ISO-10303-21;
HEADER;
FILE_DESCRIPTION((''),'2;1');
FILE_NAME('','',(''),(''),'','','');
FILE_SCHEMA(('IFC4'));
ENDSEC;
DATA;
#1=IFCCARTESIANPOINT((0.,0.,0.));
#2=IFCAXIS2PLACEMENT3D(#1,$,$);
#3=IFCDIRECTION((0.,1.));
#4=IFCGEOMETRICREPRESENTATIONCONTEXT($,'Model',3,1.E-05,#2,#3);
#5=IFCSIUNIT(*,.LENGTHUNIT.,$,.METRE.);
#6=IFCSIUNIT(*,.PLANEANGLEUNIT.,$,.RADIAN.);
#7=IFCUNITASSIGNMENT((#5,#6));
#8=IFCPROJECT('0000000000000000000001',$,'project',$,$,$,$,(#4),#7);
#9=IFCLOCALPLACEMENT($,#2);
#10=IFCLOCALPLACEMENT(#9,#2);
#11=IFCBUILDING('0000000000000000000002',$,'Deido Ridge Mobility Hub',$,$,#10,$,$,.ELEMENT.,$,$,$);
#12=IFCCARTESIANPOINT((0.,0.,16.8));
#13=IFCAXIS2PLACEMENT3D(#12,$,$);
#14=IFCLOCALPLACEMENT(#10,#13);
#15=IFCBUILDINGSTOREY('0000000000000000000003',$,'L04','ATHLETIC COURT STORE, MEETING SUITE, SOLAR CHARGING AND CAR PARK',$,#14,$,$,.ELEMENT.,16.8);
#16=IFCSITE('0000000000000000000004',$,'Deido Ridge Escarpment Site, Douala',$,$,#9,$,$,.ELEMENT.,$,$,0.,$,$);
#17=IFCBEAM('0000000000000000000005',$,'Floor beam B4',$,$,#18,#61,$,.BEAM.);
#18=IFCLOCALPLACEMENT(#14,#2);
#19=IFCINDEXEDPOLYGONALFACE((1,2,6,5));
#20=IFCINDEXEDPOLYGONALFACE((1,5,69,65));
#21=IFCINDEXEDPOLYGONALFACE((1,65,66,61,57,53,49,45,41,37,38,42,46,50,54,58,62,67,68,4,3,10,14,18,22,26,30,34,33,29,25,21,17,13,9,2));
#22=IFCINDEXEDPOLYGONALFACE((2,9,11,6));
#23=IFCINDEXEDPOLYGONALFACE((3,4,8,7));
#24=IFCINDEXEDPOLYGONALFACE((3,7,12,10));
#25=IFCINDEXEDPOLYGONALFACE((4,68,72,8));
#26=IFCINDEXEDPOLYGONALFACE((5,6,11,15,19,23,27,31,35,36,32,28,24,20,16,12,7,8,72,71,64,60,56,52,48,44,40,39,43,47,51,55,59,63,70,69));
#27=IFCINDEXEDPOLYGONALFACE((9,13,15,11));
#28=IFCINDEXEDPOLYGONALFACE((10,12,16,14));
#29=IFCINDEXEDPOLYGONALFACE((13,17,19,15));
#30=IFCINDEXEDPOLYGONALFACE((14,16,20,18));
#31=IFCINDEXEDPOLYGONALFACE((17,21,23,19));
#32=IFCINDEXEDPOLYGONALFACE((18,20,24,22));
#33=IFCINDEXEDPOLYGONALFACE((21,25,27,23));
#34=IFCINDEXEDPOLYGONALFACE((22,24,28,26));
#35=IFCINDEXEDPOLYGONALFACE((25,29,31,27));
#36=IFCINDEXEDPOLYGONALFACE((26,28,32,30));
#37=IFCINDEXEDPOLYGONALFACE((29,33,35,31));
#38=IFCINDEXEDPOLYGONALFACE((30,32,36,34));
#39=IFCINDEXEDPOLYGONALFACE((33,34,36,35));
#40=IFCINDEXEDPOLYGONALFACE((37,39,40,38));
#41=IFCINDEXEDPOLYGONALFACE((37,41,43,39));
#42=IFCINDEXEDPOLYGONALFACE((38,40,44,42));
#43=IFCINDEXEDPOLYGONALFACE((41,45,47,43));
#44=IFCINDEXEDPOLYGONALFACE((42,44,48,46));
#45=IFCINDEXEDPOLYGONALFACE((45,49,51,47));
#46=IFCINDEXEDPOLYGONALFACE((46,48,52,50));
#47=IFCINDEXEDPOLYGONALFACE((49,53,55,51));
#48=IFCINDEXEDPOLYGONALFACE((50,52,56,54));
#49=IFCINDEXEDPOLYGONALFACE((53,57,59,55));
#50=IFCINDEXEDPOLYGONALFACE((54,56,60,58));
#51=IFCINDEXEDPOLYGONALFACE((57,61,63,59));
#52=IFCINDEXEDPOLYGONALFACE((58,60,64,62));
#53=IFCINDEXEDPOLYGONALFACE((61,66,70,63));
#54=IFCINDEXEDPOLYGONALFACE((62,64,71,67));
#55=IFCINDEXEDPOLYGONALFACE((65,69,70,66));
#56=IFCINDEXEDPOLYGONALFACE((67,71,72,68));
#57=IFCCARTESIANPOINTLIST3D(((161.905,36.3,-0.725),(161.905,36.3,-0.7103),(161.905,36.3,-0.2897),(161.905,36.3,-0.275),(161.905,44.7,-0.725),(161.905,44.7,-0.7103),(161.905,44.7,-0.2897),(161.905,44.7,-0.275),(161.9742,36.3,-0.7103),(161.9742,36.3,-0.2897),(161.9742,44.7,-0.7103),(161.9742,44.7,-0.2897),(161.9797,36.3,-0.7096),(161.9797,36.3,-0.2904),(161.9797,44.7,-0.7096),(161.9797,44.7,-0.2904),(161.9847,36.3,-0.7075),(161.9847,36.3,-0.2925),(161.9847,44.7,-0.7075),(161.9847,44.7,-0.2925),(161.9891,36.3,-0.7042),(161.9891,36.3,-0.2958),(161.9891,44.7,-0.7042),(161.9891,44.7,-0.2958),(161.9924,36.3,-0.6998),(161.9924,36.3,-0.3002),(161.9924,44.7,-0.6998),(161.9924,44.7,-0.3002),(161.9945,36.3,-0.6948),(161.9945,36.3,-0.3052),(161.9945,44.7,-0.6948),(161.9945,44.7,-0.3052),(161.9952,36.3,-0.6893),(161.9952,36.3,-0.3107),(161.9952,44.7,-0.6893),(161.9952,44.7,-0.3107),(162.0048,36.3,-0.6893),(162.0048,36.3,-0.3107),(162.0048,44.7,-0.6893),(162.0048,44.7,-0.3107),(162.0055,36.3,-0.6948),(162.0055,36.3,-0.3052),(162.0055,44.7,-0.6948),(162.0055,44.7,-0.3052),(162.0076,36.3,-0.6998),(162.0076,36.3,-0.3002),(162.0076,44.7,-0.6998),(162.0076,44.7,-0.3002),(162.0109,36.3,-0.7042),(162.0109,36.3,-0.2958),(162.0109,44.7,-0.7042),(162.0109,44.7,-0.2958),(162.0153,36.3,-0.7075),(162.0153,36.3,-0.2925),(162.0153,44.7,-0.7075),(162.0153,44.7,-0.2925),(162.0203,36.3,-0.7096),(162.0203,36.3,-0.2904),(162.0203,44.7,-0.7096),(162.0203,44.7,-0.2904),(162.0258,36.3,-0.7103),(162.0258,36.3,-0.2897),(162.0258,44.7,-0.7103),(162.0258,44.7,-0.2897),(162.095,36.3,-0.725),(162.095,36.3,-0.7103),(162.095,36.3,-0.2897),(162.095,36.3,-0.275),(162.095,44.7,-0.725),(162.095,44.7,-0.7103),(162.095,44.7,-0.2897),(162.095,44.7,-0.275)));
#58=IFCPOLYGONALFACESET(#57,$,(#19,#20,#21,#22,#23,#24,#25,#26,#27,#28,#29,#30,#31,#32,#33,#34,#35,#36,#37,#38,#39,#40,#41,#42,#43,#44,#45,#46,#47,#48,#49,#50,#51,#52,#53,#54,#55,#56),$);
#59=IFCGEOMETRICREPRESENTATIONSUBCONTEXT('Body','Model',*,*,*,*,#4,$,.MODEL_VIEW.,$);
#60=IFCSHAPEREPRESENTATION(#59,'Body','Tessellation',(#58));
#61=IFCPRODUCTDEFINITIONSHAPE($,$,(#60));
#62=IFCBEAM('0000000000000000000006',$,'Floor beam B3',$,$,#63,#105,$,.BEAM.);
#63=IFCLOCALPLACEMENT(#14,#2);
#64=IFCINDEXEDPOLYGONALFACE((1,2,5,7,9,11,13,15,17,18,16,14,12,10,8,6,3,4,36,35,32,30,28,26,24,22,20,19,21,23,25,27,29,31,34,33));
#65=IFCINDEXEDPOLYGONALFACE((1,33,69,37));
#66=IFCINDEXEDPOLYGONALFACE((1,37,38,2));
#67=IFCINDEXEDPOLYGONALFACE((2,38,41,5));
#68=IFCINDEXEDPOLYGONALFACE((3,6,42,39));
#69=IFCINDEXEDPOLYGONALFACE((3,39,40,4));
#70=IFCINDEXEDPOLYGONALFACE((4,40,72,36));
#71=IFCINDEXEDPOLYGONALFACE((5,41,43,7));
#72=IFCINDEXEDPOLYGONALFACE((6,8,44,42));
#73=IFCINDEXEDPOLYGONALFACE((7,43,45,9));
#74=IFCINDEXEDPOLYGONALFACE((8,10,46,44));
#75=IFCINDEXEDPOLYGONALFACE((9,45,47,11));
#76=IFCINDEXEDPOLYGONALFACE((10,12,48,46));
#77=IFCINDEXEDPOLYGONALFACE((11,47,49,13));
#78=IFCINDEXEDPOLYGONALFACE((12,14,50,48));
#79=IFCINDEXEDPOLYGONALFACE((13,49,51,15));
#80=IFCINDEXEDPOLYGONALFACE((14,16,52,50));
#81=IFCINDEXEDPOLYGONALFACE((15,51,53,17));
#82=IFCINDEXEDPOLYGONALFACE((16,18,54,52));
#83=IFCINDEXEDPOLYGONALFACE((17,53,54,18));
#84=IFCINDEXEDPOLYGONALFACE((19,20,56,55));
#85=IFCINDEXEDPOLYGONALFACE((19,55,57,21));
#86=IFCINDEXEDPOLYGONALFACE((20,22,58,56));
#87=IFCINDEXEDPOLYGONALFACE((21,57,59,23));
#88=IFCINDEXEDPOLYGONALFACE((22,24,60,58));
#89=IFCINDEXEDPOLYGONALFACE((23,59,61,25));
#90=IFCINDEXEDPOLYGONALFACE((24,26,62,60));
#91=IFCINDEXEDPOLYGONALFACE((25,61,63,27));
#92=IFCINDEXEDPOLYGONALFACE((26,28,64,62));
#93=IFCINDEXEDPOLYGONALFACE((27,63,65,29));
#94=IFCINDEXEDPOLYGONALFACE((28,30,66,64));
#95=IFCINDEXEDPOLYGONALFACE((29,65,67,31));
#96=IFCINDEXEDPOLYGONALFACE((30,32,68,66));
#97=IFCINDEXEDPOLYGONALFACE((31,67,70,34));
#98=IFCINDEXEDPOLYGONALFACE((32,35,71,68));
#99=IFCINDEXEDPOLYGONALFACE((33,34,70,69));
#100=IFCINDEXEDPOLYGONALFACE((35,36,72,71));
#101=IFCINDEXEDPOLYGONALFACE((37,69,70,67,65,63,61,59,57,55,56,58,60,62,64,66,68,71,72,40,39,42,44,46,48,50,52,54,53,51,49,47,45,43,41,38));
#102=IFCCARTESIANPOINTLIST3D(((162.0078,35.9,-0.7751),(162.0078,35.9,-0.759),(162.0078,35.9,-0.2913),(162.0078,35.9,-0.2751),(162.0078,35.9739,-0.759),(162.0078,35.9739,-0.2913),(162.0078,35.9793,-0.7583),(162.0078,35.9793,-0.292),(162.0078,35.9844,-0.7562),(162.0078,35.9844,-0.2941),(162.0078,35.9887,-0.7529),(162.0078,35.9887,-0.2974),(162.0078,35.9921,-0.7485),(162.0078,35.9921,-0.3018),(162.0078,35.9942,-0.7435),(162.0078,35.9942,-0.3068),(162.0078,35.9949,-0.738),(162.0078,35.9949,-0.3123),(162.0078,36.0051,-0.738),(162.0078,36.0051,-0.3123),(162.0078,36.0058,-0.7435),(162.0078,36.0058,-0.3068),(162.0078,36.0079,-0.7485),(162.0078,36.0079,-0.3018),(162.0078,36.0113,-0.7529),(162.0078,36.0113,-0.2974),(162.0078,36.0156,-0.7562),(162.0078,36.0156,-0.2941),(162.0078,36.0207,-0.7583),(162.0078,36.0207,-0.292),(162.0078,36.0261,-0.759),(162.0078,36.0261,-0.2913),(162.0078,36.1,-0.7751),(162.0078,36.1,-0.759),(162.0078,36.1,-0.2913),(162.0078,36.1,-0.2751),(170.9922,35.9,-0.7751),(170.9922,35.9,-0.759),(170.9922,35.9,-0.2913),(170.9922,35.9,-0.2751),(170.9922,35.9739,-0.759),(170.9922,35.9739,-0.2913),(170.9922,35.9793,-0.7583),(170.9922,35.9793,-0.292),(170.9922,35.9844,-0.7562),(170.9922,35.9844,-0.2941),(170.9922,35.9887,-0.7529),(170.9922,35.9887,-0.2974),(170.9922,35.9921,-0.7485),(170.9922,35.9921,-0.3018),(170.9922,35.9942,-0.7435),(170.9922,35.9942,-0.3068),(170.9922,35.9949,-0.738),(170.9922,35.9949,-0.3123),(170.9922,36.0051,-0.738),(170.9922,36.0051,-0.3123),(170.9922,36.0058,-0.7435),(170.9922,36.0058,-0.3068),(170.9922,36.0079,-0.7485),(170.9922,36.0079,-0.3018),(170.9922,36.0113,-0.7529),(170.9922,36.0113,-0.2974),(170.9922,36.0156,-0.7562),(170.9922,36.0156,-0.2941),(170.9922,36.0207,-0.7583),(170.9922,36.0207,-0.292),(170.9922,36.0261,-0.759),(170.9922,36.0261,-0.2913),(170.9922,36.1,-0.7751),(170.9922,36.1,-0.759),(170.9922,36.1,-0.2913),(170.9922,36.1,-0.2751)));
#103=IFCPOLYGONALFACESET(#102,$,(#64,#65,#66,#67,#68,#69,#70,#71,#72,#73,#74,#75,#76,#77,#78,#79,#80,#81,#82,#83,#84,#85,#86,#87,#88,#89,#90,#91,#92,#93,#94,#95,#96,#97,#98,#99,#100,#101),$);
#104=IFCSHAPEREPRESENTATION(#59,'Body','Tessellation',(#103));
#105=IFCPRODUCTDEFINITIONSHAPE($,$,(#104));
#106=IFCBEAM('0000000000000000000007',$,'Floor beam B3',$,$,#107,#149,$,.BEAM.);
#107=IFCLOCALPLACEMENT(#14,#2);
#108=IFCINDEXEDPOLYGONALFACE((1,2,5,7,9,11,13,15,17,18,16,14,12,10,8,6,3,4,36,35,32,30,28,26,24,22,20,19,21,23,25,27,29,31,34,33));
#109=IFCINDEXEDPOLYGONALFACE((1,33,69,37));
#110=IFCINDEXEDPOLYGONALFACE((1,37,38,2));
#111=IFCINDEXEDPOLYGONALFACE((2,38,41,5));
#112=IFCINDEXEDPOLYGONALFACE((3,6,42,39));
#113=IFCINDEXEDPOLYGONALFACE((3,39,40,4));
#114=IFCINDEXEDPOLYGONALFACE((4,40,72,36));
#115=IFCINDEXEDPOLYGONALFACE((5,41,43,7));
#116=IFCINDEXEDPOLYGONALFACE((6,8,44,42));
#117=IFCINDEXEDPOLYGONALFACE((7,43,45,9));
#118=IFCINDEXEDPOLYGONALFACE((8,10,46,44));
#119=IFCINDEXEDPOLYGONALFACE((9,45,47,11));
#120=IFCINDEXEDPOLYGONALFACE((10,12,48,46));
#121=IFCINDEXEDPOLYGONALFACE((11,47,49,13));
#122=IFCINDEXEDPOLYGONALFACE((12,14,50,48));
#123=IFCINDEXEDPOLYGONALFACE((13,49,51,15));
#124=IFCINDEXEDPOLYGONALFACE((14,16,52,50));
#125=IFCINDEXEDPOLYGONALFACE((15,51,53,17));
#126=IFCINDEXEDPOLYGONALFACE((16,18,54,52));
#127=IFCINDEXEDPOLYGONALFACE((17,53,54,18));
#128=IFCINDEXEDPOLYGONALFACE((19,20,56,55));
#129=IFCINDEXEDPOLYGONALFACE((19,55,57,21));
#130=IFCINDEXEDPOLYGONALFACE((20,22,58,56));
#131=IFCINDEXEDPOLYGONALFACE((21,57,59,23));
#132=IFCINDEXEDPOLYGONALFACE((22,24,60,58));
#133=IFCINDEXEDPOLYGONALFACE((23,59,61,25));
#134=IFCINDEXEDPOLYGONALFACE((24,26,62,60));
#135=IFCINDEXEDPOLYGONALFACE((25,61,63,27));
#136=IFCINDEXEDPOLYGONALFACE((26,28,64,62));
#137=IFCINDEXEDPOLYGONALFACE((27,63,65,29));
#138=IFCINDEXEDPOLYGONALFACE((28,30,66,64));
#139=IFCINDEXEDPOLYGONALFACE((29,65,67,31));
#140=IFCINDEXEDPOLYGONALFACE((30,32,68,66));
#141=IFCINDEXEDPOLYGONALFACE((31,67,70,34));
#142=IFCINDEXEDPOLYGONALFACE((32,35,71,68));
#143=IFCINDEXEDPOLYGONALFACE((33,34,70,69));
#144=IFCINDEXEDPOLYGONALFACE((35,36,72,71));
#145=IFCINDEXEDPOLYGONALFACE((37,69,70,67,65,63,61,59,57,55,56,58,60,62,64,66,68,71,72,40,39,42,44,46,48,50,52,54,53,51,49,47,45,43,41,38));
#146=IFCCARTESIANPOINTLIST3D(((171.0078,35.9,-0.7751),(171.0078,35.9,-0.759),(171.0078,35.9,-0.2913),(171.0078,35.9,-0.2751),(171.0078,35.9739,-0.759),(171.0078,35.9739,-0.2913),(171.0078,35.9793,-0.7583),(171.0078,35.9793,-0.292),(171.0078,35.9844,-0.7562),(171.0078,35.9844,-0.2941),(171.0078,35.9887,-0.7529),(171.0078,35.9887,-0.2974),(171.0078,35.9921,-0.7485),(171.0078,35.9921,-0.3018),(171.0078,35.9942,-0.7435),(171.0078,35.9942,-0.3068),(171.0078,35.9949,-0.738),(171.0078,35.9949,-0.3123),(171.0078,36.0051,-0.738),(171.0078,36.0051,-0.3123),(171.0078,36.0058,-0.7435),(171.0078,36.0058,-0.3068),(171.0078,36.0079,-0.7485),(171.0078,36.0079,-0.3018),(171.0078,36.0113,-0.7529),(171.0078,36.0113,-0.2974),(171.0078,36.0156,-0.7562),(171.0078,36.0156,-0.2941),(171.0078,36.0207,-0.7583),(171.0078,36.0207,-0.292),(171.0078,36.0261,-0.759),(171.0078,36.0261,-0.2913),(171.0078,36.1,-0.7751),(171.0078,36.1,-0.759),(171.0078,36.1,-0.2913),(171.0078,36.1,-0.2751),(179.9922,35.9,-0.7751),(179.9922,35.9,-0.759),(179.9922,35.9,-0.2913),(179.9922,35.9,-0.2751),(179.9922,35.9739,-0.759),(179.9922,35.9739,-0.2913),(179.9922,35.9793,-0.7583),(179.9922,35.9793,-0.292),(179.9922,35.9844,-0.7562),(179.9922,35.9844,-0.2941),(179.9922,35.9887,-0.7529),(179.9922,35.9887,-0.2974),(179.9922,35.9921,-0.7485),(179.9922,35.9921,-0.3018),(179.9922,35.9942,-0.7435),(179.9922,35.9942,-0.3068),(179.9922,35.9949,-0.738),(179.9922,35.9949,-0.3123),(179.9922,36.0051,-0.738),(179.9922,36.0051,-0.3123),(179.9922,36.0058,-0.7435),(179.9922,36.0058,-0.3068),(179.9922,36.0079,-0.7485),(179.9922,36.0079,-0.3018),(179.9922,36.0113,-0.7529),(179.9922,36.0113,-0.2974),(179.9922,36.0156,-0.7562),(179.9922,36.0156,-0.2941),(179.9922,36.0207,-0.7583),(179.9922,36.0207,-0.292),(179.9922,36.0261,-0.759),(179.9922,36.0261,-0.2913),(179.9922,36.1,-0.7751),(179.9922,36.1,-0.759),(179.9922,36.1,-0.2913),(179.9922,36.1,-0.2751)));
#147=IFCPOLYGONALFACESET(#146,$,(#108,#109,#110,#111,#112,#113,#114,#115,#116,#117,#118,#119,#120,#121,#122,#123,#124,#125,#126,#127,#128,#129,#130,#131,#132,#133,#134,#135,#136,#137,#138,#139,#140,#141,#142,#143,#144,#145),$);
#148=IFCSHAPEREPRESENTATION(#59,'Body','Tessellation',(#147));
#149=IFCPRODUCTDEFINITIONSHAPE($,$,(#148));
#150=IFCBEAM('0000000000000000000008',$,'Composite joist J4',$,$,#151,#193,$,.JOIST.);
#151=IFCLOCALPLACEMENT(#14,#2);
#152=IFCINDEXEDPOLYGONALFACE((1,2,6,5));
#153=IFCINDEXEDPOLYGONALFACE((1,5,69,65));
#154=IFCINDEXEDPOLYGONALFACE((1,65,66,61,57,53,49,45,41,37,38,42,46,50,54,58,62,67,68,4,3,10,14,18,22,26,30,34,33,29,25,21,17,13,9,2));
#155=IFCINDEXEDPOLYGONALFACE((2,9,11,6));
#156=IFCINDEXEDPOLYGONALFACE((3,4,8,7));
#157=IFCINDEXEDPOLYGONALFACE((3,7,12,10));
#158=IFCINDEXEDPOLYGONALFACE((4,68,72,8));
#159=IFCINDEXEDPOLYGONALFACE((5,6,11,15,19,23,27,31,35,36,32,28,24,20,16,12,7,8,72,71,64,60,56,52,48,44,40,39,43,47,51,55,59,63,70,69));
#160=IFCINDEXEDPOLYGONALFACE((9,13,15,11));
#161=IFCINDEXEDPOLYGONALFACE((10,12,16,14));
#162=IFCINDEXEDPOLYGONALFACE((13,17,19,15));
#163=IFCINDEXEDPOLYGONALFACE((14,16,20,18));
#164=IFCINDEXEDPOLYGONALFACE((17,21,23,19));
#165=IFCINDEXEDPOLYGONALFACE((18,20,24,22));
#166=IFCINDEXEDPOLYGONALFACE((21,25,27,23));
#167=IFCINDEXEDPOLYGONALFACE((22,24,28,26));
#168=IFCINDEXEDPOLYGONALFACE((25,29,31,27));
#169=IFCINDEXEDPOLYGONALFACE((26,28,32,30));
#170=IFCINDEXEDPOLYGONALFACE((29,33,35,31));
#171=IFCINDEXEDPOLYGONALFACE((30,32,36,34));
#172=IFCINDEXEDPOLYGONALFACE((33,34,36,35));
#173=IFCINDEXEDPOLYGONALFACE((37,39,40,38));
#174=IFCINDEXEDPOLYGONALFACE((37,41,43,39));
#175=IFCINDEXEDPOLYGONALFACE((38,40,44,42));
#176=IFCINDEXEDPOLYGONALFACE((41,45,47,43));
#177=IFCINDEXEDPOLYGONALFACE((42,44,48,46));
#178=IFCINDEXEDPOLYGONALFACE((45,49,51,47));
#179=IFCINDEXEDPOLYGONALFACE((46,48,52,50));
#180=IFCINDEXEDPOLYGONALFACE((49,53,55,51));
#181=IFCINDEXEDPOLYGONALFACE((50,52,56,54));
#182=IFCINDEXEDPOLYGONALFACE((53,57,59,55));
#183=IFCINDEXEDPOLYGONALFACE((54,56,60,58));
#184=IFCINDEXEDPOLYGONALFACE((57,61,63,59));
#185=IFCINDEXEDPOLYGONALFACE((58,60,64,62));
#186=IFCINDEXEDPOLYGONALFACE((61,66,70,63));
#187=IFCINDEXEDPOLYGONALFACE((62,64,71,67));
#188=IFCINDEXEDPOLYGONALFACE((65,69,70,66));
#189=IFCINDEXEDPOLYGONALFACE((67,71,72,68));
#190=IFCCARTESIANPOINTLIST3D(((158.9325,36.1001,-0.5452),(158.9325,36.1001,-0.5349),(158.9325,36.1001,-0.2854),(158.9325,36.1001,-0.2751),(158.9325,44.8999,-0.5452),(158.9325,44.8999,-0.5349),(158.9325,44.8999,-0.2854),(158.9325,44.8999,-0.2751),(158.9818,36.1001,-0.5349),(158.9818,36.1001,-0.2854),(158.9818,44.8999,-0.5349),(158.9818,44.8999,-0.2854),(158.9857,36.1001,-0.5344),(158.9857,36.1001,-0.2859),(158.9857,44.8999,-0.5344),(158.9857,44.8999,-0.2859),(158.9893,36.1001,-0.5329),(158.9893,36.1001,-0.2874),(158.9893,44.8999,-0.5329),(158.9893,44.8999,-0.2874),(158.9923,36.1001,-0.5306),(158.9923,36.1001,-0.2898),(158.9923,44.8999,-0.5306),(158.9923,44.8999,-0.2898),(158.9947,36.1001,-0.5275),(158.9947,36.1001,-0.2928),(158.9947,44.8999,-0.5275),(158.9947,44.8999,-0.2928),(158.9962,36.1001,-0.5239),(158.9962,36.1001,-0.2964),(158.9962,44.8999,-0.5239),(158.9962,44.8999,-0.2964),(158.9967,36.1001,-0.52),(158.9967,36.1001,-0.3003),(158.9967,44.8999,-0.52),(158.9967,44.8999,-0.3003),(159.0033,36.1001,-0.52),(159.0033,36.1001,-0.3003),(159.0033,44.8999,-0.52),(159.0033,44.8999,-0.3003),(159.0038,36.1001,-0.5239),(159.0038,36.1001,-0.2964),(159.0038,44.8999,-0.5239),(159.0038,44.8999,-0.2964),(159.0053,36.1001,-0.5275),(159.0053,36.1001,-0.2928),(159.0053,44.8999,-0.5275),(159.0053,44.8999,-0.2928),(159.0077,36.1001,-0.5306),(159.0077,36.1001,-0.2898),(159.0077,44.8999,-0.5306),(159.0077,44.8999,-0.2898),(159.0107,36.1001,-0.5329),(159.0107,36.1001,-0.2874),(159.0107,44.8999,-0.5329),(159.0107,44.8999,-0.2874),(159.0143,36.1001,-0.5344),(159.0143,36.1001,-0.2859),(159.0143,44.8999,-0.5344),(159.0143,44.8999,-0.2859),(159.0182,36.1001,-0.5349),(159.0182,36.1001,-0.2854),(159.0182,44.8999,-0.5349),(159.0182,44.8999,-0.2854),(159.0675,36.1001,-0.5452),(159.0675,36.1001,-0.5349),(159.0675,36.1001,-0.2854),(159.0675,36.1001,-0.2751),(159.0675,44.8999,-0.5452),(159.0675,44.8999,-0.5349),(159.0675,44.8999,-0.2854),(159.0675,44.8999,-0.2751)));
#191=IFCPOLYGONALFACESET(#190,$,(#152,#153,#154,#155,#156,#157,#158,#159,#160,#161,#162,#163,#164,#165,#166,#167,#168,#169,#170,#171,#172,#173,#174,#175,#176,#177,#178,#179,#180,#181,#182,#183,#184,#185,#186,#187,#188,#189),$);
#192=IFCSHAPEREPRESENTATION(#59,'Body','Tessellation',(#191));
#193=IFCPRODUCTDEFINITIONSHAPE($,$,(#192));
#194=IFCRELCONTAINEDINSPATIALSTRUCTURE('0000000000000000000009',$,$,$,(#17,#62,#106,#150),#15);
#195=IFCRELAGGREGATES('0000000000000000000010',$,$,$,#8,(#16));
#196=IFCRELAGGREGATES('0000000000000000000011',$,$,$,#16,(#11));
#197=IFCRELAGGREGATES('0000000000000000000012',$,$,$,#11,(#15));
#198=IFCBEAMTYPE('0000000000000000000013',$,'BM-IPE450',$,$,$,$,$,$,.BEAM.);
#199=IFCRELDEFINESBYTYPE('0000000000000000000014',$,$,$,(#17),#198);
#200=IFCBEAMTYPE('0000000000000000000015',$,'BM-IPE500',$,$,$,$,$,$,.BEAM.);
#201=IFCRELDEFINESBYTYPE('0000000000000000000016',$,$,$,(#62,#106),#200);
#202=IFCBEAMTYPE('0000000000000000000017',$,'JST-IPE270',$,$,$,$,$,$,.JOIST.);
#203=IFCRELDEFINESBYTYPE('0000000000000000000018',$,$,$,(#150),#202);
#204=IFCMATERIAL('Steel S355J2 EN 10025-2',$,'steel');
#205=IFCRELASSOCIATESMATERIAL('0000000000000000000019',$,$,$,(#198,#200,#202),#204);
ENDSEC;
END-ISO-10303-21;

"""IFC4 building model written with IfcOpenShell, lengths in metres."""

from ifc_helpers import new_model, si_unit, direction, frame, origin, origin_2d, place, context, subcontext, project, spatial, i_section, extrude, material, material_profile, profile_set, type_object, element, save


model = new_model("IFC4")

# Units and contexts
model_context = context("Model", 3, precision=1e-05, world=origin(), true_north=direction((0.0, 1.0)))
body_context = subcontext(model_context, "Body", "Model", "MODEL_VIEW")
ifc_project = project(units=[si_unit("LENGTHUNIT", "METRE"), si_unit("PLANEANGLEUNIT", "RADIAN")], contexts=[model_context])

# Site, building, storey
site_placement = place(None, origin())
site = spatial("IfcSite", under=ifc_project, at=site_placement, Name="Deido Ridge Escarpment Site, Douala", CompositionType="ELEMENT", RefElevation=0.0)
building_placement = place(site_placement, origin())
building = spatial("IfcBuilding", under=site, at=building_placement, Name="Deido Ridge Mobility Hub", CompositionType="ELEMENT")
storey_placement = place(building_placement, frame((0.0, 0.0, 16.8)))
storey = spatial("IfcBuildingStorey", under=building, at=storey_placement, Name="L04", Description="ATHLETIC COURT STORE, MEETING SUITE, SOLAR CHARGING AND CAR PARK", CompositionType="ELEMENT", Elevation=16.8)

# Shared definitions
ifc_material_1 = material(Name="Steel S355J2 EN 10025-2", Category="steel")

# Beams
ifc_material_profile_1 = material_profile(ifc_material_1, i_section(OverallWidth=0.1899, OverallDepth=0.45, WebThickness=0.0095, FlangeThickness=0.0146, FilletRadius=0.021, at=origin_2d()), Name="IPE 450")
ifc_profile_set_1 = profile_set([ifc_material_profile_1], Name="Steel S355J2 EN 10025-2")
beam_type_1 = type_object("IfcBeamType", Name="BM-IPE450", PredefinedType="BEAM", material=ifc_profile_set_1)
beam_1_placement = place(storey_placement, frame((162.0, 36.3, -0.5), z_axis=(0.0, 1.0, 0.0), x_axis=(-1.0, 0.0, 0.0)))
element("IfcBeam", 1, at=beam_1_placement, inside=storey, type_object=beam_type_1, Name="Floor beam B4", PredefinedType="BEAM", context=body_context, shape_type="SweptSolid", body=[
    extrude(i_section(OverallWidth=0.1899, OverallDepth=0.45, WebThickness=0.0095, FlangeThickness=0.0146, FilletRadius=0.021, at=origin_2d()), origin(), (0.0, 0.0, 1.0), 8.3999),
])
ifc_material_profile_2 = material_profile(ifc_material_1, i_section(OverallWidth=0.2, OverallDepth=0.5, WebThickness=0.0103, FlangeThickness=0.0161, FilletRadius=0.021, at=origin_2d()), Name="IPE 500")
ifc_profile_set_2 = profile_set([ifc_material_profile_2], Name="Steel S355J2 EN 10025-2")
beam_type_2 = type_object("IfcBeamType", Name="BM-IPE500", PredefinedType="BEAM", material=ifc_profile_set_2)
for number, where, z_axis, x_axis, name in (
    (2, (162.0078, 36.0, -0.5251), (1.0, 0.0, 0.0), (0.0, 1.0, 0.0), "Floor beam B3"),
    (3, (171.0078, 36.0, -0.5251), (1.0, 0.0, 0.0), (0.0, 1.0, 0.0), "Floor beam B3"),
):
    element("IfcBeam", number, at=place(storey_placement, frame(where, z_axis=z_axis, x_axis=x_axis)), inside=storey, type_object=beam_type_2, Name=name, PredefinedType="BEAM", context=body_context, shape_type="SweptSolid", body=[
        extrude(i_section(OverallWidth=0.2, OverallDepth=0.5, WebThickness=0.0103, FlangeThickness=0.0161, FilletRadius=0.021, at=origin_2d()), origin(), (0.0, 0.0, 1.0), 8.9844),
    ])
ifc_material_profile_3 = material_profile(ifc_material_1, i_section(OverallWidth=0.135, OverallDepth=0.27, WebThickness=0.0066, FlangeThickness=0.0103, FilletRadius=0.0149, at=origin_2d()), Name="IPE 270")
ifc_profile_set_3 = profile_set([ifc_material_profile_3], Name="Steel S355J2 EN 10025-2")
beam_type_3 = type_object("IfcBeamType", Name="JST-IPE270", PredefinedType="JOIST", material=ifc_profile_set_3)
beam_2_placement = place(storey_placement, frame((159.0, 36.1001, -0.4102), z_axis=(0.0, 1.0, 0.0), x_axis=(-1.0, 0.0, 0.0)))
element("IfcBeam", 4, at=beam_2_placement, inside=storey, type_object=beam_type_3, Name="Composite joist J4", PredefinedType="JOIST", context=body_context, shape_type="SweptSolid", body=[
    extrude(i_section(OverallWidth=0.135, OverallDepth=0.27, WebThickness=0.0066, FlangeThickness=0.0103, FilletRadius=0.0149, at=origin_2d()), origin(), (0.0, 0.0, 1.0), 8.7998),
])

save(model, "model.ifc")
